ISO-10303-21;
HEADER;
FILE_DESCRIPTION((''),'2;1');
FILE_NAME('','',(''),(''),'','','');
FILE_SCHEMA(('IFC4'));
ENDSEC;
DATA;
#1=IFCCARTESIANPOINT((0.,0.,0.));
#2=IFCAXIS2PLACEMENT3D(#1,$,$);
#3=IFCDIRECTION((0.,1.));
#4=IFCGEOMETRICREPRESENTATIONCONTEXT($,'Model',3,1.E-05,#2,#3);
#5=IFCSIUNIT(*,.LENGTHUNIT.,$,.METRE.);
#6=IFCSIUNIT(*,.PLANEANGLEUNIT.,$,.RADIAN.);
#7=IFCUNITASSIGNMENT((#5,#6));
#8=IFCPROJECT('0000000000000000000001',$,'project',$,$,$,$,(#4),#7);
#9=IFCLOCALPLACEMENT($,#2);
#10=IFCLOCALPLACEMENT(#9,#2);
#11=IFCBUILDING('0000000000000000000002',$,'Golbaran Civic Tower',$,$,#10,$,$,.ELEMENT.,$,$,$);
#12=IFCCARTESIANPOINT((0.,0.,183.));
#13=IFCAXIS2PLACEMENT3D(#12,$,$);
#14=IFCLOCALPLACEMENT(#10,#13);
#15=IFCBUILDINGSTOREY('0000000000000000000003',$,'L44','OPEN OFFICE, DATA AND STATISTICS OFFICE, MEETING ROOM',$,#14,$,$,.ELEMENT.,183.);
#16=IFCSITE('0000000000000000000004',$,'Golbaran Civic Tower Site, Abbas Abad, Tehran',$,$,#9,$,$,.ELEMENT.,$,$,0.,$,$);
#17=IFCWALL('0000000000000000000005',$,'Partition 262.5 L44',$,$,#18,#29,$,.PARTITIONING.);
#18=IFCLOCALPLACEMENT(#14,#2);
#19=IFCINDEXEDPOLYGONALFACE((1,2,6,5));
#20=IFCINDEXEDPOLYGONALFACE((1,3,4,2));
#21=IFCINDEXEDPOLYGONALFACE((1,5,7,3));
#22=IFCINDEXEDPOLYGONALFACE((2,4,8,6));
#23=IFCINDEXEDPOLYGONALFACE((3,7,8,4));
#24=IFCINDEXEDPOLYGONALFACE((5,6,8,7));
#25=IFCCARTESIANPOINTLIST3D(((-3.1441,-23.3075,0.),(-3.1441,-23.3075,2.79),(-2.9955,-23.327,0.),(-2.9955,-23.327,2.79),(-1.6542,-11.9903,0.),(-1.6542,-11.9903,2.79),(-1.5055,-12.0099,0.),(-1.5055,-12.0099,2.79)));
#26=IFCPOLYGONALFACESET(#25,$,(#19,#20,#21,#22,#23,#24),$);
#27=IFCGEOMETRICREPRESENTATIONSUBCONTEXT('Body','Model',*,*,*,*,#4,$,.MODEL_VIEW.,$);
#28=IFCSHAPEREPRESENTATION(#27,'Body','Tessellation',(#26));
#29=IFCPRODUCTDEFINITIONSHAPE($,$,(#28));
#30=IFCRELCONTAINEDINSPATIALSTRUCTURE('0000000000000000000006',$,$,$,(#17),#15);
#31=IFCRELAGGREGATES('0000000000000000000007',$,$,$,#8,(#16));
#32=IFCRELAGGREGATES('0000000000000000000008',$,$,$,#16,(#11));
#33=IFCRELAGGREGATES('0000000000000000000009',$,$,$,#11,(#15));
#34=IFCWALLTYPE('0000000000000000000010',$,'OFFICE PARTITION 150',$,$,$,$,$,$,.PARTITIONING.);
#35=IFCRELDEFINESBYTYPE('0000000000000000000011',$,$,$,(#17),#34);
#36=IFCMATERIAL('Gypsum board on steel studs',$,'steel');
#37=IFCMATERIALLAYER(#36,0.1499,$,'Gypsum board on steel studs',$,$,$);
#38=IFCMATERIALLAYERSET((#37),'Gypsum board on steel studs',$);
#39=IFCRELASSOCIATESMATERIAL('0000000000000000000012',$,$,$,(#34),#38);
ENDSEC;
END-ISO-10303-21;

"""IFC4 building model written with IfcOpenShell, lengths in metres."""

from ifc_helpers import new_model, si_unit, direction, frame, frame_2d, origin, place, context, subcontext, project, spatial, rectangle, extrude, material, layer, layer_set, type_object, element, save


model = new_model("IFC4")

# Units and contexts
model_context = context("Model", 3, precision=1e-05, world=origin(), true_north=direction((0.0, 1.0)))
body_context = subcontext(model_context, "Body", "Model", "MODEL_VIEW")
ifc_project = project(units=[si_unit("LENGTHUNIT", "METRE"), si_unit("PLANEANGLEUNIT", "RADIAN")], contexts=[model_context])

# Site, building, storey
site_placement = place(None, origin())
site = spatial("IfcSite", under=ifc_project, at=site_placement, Name="Golbaran Civic Tower Site, Abbas Abad, Tehran", CompositionType="ELEMENT", RefElevation=0.0)
building_placement = place(site_placement, origin())
building = spatial("IfcBuilding", under=site, at=building_placement, Name="Golbaran Civic Tower", CompositionType="ELEMENT")
storey_placement = place(building_placement, frame((0.0, 0.0, 183.0)))
storey = spatial("IfcBuildingStorey", under=building, at=storey_placement, Name="L44", Description="OPEN OFFICE, DATA AND STATISTICS OFFICE, MEETING ROOM", CompositionType="ELEMENT", Elevation=183.0)

# Wall
ifc_material_1 = material(Name="Gypsum board on steel studs", Category="steel")
ifc_layer_1 = layer(ifc_material_1, 0.1499, Name="Gypsum board on steel studs")
ifc_layer_set_1 = layer_set([ifc_layer_1], Name="Gypsum board on steel studs")
wall_type_1 = type_object("IfcWallType", Name="OFFICE PARTITION 150", PredefinedType="PARTITIONING", material=ifc_layer_set_1)
wall_1_placement = place(storey_placement, frame((-1.5798, -12.0, 0.0), z_axis=(0.0, 0.0, 1.0), x_axis=(-0.130531, -0.991444, 0.0)))
element("IfcWall", 1, at=wall_1_placement, inside=storey, type_object=wall_type_1, Name="Partition 262.5 L44", PredefinedType="PARTITIONING", context=body_context, shape_type="SweptSolid", body=[
    extrude(rectangle(XDim=11.4148, YDim=0.1499, at=frame_2d((5.7075, 0.0))), origin(), (0.0, 0.0, 1.0), 2.79),
])

save(model, "model.ifc")
